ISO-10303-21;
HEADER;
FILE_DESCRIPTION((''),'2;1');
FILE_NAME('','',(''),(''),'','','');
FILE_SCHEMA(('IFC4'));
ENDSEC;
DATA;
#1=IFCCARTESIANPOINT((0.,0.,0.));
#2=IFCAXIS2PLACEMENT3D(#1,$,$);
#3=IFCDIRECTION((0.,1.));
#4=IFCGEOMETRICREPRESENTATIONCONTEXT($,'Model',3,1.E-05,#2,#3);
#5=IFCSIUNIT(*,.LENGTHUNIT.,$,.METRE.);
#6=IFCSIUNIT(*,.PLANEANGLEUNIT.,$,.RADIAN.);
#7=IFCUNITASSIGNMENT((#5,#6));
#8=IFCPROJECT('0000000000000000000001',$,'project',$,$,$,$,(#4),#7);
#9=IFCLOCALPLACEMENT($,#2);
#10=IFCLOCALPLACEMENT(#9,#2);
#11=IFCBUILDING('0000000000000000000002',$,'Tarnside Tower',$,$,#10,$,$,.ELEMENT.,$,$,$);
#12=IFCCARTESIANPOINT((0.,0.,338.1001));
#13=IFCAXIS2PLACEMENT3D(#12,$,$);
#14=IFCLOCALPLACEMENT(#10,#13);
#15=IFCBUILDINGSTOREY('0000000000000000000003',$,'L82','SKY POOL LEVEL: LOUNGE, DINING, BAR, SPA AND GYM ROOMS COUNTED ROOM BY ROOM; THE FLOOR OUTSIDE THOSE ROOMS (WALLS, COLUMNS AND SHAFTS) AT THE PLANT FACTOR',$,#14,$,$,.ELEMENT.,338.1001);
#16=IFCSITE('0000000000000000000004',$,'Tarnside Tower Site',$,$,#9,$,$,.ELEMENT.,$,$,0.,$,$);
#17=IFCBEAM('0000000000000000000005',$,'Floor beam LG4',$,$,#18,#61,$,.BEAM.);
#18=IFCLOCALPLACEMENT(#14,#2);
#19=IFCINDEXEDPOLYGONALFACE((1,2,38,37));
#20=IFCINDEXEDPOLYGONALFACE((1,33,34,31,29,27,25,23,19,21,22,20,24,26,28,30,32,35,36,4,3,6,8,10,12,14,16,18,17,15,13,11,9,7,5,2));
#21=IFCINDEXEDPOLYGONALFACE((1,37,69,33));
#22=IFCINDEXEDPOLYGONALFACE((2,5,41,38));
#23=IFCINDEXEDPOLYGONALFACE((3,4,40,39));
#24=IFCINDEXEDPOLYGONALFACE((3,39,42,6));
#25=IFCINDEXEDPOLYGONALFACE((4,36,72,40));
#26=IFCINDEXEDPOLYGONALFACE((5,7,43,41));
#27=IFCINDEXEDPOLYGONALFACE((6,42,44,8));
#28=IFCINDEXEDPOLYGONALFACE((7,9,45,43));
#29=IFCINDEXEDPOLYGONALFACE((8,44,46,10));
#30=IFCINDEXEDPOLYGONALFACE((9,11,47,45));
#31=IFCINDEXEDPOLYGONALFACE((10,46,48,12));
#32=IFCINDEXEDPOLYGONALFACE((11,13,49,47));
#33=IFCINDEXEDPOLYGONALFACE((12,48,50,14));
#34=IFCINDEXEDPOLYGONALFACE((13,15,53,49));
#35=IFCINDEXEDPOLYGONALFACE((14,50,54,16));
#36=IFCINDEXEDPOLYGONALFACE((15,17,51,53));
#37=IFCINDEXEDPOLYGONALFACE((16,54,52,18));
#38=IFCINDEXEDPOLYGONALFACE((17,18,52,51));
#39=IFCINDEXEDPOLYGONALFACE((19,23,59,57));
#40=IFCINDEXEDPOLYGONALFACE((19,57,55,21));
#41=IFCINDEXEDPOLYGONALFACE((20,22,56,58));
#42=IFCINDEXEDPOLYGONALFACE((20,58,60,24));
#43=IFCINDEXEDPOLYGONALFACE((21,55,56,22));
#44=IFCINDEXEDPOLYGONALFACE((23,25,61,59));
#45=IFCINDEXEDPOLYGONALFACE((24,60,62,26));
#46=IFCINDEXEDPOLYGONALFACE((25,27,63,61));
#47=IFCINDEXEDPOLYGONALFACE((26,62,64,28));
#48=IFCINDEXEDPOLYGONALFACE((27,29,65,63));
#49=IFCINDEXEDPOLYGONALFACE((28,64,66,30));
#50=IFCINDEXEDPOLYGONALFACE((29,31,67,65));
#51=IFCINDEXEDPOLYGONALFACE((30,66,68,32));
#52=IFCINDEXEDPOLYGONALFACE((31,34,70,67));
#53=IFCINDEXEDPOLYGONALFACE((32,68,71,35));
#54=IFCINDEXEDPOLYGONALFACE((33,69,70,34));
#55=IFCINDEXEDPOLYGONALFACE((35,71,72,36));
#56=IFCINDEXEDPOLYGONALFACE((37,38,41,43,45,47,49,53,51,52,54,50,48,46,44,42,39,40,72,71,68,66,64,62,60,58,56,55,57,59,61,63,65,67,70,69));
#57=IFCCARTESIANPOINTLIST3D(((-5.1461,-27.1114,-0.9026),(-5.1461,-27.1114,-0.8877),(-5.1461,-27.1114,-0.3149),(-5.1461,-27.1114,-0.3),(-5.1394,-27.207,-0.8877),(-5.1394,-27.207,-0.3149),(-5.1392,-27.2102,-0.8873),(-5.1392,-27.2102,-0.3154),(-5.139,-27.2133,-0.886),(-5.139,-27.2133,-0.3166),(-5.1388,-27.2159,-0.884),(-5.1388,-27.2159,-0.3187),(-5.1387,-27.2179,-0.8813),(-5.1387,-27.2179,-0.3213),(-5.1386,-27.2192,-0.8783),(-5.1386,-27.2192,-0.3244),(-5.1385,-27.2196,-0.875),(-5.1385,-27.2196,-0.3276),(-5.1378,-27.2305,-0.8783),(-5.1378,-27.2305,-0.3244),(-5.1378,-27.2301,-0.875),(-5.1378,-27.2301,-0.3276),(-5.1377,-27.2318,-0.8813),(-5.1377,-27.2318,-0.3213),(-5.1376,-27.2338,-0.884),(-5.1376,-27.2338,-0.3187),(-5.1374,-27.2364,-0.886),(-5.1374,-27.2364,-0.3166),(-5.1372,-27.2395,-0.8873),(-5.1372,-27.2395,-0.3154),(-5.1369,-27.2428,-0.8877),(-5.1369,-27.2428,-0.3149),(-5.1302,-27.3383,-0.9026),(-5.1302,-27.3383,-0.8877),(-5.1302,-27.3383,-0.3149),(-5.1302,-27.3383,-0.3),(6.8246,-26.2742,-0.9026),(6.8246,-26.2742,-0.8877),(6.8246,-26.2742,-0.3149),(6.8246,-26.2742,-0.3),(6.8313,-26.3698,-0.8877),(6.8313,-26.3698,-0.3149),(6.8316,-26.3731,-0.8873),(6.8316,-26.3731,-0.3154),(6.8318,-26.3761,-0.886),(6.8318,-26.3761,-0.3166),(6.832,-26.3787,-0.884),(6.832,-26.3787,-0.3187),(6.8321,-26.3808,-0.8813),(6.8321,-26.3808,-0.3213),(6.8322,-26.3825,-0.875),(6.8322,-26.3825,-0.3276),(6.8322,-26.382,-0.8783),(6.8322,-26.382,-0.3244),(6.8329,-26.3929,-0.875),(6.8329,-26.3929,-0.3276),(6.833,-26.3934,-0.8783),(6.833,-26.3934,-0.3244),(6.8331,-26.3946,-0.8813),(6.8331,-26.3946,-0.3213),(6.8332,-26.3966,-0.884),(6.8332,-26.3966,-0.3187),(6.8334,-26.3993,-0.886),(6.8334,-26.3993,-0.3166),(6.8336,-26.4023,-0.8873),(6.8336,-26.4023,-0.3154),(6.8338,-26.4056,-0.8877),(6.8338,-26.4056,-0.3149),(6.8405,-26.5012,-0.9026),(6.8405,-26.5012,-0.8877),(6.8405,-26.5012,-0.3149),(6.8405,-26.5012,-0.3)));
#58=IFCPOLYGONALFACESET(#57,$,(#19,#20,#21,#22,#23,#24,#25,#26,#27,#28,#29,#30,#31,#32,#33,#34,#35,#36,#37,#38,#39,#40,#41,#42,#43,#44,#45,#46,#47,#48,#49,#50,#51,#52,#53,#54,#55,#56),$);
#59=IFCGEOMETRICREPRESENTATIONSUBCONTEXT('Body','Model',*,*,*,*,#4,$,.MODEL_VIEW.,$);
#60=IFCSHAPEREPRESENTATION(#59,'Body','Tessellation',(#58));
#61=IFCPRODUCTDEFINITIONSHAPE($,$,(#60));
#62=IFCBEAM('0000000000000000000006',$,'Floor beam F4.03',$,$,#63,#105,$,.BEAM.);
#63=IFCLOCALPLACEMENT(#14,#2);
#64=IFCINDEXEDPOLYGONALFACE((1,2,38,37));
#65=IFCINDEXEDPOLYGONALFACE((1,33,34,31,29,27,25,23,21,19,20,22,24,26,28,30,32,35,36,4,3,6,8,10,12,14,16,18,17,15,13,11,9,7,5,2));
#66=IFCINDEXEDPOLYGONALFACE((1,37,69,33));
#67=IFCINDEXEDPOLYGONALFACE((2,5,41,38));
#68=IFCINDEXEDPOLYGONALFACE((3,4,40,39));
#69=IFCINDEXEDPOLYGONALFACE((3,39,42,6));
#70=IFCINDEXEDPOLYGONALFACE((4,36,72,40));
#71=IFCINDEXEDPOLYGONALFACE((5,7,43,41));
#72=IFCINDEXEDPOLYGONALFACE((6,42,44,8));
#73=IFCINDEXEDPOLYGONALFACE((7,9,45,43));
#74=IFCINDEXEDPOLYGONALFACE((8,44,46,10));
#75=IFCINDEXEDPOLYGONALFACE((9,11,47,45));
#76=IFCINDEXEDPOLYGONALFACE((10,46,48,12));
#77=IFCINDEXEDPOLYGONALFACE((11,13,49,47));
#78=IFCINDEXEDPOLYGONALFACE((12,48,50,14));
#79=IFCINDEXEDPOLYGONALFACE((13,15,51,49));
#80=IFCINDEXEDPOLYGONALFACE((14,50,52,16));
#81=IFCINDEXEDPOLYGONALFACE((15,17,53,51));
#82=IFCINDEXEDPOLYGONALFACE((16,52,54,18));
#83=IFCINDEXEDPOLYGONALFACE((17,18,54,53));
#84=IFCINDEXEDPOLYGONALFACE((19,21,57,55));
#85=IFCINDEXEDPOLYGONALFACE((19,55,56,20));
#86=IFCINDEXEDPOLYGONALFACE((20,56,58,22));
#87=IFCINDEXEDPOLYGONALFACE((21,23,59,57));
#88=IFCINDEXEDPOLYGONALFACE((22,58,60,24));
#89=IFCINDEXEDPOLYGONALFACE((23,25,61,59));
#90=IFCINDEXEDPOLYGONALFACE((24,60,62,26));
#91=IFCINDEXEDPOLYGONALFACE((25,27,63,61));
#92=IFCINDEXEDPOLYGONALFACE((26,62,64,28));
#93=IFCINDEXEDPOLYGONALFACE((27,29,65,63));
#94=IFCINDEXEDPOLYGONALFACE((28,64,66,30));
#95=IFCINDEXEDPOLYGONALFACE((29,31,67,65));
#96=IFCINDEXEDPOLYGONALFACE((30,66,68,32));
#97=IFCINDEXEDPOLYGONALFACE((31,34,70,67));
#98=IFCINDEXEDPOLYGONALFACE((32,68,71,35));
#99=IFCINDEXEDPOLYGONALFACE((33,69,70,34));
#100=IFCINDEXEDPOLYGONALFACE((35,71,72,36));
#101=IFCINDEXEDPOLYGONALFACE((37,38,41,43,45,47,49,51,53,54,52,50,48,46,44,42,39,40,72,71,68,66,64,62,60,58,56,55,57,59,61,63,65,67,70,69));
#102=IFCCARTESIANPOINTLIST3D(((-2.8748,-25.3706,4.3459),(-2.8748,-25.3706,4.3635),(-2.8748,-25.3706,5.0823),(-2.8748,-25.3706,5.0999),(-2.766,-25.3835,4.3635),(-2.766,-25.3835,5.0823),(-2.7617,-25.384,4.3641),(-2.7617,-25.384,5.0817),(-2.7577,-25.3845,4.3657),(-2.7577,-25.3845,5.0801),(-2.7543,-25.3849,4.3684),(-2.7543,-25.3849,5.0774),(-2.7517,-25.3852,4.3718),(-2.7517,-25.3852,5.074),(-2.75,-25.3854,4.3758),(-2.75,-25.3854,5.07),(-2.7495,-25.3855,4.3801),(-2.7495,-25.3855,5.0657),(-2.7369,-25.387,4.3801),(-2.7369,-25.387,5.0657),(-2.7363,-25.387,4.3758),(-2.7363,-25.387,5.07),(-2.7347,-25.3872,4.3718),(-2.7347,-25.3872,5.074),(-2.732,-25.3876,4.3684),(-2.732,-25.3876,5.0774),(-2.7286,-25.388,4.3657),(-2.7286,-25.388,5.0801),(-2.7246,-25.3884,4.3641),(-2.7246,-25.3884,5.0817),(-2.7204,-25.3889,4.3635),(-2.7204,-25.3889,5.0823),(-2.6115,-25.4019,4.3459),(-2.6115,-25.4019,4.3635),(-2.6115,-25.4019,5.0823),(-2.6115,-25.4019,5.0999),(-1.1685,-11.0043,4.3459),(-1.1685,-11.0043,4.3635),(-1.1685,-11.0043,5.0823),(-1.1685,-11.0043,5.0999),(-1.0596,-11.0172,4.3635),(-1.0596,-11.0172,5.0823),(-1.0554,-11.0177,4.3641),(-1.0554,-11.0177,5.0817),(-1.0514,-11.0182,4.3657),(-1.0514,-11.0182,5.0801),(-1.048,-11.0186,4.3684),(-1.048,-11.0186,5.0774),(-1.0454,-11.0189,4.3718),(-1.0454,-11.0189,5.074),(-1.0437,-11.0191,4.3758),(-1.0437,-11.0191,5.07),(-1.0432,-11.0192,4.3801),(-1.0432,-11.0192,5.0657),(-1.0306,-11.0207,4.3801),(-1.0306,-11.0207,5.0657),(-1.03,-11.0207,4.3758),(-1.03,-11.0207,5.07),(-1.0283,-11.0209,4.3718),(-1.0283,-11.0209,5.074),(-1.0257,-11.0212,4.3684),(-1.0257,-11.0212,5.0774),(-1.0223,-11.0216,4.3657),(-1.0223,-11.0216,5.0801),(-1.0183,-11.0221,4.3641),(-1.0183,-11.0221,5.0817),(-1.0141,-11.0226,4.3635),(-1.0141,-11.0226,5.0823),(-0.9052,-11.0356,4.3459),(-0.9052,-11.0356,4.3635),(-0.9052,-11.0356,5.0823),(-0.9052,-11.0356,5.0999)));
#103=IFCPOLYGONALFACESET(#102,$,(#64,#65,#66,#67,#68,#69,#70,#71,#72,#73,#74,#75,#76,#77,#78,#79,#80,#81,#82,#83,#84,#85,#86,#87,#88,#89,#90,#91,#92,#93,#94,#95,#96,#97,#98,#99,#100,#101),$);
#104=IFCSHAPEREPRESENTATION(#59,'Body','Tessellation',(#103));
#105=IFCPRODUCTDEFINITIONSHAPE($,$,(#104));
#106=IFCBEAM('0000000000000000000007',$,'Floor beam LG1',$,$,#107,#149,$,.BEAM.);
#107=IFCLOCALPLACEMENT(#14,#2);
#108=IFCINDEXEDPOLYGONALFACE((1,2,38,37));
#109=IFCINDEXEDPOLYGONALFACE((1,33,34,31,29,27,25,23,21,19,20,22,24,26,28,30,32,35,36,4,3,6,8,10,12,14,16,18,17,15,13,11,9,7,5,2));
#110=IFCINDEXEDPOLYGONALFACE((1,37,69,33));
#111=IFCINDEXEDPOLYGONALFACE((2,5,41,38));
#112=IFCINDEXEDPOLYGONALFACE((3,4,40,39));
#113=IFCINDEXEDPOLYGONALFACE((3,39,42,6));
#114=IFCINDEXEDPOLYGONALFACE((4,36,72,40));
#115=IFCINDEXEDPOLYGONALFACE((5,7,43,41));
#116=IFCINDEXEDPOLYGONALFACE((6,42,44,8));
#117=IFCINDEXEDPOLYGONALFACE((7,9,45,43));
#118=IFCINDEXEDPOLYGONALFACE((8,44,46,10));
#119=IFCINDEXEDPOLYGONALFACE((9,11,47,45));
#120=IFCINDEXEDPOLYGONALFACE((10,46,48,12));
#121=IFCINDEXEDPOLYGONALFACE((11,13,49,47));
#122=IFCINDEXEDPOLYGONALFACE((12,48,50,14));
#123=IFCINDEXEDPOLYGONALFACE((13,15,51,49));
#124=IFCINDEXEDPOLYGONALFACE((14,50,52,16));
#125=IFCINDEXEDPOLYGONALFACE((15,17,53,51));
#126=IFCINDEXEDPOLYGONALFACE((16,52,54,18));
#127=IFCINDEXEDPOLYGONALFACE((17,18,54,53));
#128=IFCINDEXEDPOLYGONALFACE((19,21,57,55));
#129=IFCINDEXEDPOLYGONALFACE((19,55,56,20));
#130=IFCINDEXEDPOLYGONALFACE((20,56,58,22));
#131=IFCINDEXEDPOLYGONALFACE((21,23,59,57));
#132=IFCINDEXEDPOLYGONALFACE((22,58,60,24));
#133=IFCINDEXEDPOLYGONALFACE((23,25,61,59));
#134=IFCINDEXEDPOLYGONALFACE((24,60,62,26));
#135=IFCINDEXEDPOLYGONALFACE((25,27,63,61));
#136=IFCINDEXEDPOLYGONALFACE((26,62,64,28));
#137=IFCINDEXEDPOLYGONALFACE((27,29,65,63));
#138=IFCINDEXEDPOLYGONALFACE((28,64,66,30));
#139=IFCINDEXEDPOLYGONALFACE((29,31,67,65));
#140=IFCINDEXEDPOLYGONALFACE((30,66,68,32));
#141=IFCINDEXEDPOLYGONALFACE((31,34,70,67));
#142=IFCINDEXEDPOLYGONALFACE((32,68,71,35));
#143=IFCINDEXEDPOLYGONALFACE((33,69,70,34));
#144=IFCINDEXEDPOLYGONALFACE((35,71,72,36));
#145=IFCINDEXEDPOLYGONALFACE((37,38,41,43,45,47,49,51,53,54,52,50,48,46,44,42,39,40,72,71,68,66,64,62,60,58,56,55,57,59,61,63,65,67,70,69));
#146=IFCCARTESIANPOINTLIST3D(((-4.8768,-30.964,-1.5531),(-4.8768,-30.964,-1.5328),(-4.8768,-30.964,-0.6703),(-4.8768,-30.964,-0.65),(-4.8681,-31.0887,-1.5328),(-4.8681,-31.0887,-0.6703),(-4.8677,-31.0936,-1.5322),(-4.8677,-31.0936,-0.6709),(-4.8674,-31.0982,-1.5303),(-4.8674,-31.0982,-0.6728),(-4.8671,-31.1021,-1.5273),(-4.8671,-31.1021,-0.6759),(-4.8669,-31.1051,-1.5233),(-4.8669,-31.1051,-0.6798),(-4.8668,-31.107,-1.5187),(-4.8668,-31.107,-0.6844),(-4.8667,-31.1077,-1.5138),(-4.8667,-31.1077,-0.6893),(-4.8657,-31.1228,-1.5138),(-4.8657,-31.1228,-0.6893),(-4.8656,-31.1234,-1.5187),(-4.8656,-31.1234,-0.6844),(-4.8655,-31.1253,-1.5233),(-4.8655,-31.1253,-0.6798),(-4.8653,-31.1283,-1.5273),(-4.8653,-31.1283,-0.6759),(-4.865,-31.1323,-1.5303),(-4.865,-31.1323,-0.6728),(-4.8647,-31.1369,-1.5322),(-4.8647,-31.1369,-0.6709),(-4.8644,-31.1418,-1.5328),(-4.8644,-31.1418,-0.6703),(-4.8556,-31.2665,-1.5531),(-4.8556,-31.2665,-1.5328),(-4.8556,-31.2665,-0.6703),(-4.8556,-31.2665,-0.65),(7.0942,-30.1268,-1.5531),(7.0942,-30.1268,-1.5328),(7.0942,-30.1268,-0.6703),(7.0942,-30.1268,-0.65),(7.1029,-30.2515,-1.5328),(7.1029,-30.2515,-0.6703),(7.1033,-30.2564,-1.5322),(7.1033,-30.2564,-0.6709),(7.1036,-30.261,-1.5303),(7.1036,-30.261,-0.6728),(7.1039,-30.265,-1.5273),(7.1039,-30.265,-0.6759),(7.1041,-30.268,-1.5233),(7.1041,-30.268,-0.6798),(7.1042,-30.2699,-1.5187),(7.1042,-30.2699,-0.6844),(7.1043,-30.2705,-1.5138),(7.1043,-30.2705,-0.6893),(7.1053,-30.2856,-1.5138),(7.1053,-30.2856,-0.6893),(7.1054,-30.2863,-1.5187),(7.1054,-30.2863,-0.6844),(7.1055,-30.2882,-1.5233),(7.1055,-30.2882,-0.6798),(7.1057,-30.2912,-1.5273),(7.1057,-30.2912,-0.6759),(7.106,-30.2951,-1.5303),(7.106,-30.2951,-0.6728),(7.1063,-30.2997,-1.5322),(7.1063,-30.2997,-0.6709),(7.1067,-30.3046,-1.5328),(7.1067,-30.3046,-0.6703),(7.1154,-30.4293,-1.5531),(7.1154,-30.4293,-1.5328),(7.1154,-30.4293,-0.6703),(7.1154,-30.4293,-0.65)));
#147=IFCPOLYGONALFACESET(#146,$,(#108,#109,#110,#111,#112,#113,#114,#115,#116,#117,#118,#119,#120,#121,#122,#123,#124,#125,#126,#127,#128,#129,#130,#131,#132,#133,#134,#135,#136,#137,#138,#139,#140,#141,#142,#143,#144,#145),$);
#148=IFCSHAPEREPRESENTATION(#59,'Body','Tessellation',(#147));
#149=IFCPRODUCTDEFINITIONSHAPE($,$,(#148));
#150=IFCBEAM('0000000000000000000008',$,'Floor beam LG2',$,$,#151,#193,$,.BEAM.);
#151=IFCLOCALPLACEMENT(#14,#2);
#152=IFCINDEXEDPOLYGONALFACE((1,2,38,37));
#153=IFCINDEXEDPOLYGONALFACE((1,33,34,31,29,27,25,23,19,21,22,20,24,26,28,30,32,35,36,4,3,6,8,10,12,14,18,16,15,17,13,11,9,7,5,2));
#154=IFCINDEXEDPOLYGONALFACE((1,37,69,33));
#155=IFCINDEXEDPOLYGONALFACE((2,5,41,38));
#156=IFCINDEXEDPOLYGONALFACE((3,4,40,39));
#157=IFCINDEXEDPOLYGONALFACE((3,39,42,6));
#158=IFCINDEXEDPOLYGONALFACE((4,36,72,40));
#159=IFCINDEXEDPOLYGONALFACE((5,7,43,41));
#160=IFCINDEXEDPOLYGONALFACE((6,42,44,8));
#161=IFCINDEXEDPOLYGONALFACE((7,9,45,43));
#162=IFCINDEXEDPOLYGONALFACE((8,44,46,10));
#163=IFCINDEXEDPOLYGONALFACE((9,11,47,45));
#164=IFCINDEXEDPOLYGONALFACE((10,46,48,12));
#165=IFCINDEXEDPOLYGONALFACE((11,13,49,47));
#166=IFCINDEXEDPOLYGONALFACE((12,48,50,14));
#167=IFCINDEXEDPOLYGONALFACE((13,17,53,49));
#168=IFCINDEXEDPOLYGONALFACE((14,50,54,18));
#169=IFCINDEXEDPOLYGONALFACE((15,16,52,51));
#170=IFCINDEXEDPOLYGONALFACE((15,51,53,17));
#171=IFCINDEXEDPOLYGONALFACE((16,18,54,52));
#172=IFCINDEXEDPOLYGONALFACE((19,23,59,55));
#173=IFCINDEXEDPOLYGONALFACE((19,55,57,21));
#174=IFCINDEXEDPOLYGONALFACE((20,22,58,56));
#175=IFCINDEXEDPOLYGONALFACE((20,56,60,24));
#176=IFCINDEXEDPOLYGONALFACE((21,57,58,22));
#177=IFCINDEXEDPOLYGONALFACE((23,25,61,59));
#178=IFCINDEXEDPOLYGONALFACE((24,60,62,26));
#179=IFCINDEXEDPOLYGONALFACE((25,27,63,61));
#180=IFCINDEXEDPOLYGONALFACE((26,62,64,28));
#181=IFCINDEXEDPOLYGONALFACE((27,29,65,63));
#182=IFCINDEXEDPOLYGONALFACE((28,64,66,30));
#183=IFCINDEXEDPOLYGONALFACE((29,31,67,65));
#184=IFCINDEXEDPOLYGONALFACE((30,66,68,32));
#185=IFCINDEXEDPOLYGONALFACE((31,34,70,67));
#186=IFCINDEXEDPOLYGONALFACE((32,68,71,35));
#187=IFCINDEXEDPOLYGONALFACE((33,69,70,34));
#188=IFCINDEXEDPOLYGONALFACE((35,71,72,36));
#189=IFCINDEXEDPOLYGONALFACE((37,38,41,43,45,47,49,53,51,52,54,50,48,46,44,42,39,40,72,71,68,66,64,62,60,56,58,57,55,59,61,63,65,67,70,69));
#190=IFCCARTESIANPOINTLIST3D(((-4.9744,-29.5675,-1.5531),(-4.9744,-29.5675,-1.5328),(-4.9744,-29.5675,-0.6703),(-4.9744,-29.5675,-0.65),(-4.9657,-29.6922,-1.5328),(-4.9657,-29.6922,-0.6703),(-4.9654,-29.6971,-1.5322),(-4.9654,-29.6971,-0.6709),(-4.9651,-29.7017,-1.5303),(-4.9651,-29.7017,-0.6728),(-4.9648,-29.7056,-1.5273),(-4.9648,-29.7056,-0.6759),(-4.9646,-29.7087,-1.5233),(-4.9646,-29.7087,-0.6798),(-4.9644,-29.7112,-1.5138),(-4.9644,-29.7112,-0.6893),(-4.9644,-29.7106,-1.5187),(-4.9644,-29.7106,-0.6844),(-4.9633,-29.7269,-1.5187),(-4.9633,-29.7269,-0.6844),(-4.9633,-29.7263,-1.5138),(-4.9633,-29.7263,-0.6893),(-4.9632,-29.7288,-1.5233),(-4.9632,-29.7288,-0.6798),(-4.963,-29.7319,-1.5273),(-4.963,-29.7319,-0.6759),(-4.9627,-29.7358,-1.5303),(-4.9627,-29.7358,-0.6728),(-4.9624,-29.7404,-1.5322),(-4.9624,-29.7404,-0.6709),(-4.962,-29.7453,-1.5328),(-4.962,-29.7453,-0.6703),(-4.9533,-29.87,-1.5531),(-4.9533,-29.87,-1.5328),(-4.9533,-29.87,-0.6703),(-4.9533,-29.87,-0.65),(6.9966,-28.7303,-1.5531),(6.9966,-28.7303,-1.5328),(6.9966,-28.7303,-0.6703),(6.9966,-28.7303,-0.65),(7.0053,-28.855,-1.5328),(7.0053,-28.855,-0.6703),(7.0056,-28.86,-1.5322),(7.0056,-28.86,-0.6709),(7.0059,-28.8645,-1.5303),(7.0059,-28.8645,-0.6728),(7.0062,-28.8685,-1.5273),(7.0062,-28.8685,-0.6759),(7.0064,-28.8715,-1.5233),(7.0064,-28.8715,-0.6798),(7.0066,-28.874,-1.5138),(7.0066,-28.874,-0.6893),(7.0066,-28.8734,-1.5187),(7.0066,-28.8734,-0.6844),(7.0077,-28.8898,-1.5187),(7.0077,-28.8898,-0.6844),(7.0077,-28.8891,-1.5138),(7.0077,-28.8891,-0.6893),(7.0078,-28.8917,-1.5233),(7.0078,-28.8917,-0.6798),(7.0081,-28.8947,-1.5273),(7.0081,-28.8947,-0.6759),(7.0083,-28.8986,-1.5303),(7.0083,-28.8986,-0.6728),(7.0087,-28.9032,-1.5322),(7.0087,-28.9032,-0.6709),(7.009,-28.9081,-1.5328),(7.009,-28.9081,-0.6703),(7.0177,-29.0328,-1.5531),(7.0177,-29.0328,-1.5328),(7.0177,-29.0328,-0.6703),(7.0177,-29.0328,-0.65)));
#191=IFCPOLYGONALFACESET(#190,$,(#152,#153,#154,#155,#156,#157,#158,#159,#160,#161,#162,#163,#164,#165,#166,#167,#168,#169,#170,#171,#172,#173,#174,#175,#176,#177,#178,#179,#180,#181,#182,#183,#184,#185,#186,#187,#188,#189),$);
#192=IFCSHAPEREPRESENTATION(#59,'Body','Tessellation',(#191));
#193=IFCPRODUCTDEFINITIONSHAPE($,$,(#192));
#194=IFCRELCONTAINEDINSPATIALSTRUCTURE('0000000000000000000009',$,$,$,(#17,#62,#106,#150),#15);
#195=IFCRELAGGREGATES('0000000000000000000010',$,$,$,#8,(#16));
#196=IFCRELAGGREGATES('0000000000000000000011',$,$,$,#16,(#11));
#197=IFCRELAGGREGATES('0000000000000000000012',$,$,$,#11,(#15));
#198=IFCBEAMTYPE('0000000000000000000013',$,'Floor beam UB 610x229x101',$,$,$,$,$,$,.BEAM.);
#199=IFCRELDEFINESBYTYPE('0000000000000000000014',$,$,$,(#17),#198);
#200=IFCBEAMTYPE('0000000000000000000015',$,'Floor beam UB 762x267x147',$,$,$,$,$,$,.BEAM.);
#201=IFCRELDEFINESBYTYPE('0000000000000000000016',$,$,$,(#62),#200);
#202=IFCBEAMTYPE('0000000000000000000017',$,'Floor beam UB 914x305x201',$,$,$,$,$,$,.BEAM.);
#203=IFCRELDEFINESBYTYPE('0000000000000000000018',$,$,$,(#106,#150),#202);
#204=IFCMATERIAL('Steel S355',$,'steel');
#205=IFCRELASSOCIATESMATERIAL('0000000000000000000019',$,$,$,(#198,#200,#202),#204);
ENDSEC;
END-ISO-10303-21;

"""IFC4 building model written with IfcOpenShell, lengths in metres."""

from ifc_helpers import new_model, si_unit, direction, frame, origin, origin_2d, place, context, subcontext, project, spatial, i_section, extrude, material, material_profile, profile_set, type_object, element, save


model = new_model("IFC4")

# Units and contexts
model_context = context("Model", 3, precision=1e-05, world=origin(), true_north=direction((0.0, 1.0)))
body_context = subcontext(model_context, "Body", "Model", "MODEL_VIEW")
ifc_project = project(units=[si_unit("LENGTHUNIT", "METRE"), si_unit("PLANEANGLEUNIT", "RADIAN")], contexts=[model_context])

# Site, building, storey
site_placement = place(None, origin())
site = spatial("IfcSite", under=ifc_project, at=site_placement, Name="Tarnside Tower Site", CompositionType="ELEMENT", RefElevation=0.0)
building_placement = place(site_placement, origin())
building = spatial("IfcBuilding", under=site, at=building_placement, Name="Tarnside Tower", CompositionType="ELEMENT")
storey_placement = place(building_placement, frame((0.0, 0.0, 338.1001)))
storey = spatial("IfcBuildingStorey", under=building, at=storey_placement, Name="L82", Description="SKY POOL LEVEL: LOUNGE, DINING, BAR, SPA AND GYM ROOMS COUNTED ROOM BY ROOM; THE FLOOR OUTSIDE THOSE ROOMS (WALLS, COLUMNS AND SHAFTS) AT THE PLANT FACTOR", CompositionType="ELEMENT", Elevation=338.1001)

# Beams
ifc_material_1 = material(Name="Steel S355", Category="steel")
ifc_material_profile_1 = material_profile(ifc_material_1, i_section(OverallWidth=0.2275, OverallDepth=0.6025, WebThickness=0.0105, FlangeThickness=0.0149, FilletRadius=0.0127, at=origin_2d()), Name="UB 610x229x101")
ifc_profile_set_1 = profile_set([ifc_material_profile_1], Name="Steel S355")
beam_type_1 = type_object("IfcBeamType", Name="Floor beam UB 610x229x101", PredefinedType="BEAM", material=ifc_profile_set_1)
beam_1_placement = place(storey_placement, frame((-5.1382, -27.2249, -0.6013), z_axis=(0.997564, 0.069764, 0.0), x_axis=(-0.069764, 0.997564, 0.0)))
element("IfcBeam", 1, at=beam_1_placement, inside=storey, type_object=beam_type_1, Name="Floor beam LG4", PredefinedType="BEAM", context=body_context, shape_type="SweptSolid", body=[
    extrude(i_section(OverallWidth=0.2275, OverallDepth=0.6025, WebThickness=0.0105, FlangeThickness=0.0149, FilletRadius=0.0127, at=origin_2d()), origin(), (0.0, 0.0, 1.0), 12.0),
])
ifc_material_profile_2 = material_profile(ifc_material_1, i_section(OverallWidth=0.2651, OverallDepth=0.7539, WebThickness=0.0127, FlangeThickness=0.0176, FilletRadius=0.0166, at=origin_2d()), Name="UB 762x267x147")
ifc_profile_set_2 = profile_set([ifc_material_profile_2], Name="Steel S355")
beam_type_2 = type_object("IfcBeamType", Name="Floor beam UB 762x267x147", PredefinedType="BEAM", material=ifc_profile_set_2)
beam_2_placement = place(storey_placement, frame((-2.7432, -25.3862, 4.7229), z_axis=(0.117943, 0.99302, 0.0), x_axis=(-0.99302, 0.117943, 0.0)))
element("IfcBeam", 2, at=beam_2_placement, inside=storey, type_object=beam_type_2, Name="Floor beam F4.03", PredefinedType="BEAM", context=body_context, shape_type="SweptSolid", body=[
    extrude(i_section(OverallWidth=0.2651, OverallDepth=0.7539, WebThickness=0.0127, FlangeThickness=0.0176, FilletRadius=0.0166, at=origin_2d()), origin(), (0.0, 0.0, 1.0), 14.4673),
])
ifc_material_profile_3 = material_profile(ifc_material_1, i_section(OverallWidth=0.3032, OverallDepth=0.9031, WebThickness=0.0151, FlangeThickness=0.0203, FilletRadius=0.019, at=origin_2d()), Name="UB 914x305x201")
ifc_profile_set_3 = profile_set([ifc_material_profile_3], Name="Steel S355")
beam_type_3 = type_object("IfcBeamType", Name="Floor beam UB 914x305x201", PredefinedType="BEAM", material=ifc_profile_set_3)
for number, where, z_axis, x_axis, name in (
    (3, (-4.8662, -31.1152, -1.1016), (0.997564, 0.069762, 0.0), (-0.069762, 0.997564, 0.0), "Floor beam LG1"),
    (4, (-4.9639, -29.7188, -1.1016), (0.997564, 0.069762, 0.0), (-0.069762, 0.997564, 0.0), "Floor beam LG2"),
):
    element("IfcBeam", number, at=place(storey_placement, frame(where, z_axis=z_axis, x_axis=x_axis)), inside=storey, type_object=beam_type_3, Name=name, PredefinedType="BEAM", context=body_context, shape_type="SweptSolid", body=[
        extrude(i_section(OverallWidth=0.3032, OverallDepth=0.9031, WebThickness=0.0151, FlangeThickness=0.0203, FilletRadius=0.019, at=origin_2d()), origin(), (0.0, 0.0, 1.0), 12.0002),
    ])

save(model, "model.ifc")
